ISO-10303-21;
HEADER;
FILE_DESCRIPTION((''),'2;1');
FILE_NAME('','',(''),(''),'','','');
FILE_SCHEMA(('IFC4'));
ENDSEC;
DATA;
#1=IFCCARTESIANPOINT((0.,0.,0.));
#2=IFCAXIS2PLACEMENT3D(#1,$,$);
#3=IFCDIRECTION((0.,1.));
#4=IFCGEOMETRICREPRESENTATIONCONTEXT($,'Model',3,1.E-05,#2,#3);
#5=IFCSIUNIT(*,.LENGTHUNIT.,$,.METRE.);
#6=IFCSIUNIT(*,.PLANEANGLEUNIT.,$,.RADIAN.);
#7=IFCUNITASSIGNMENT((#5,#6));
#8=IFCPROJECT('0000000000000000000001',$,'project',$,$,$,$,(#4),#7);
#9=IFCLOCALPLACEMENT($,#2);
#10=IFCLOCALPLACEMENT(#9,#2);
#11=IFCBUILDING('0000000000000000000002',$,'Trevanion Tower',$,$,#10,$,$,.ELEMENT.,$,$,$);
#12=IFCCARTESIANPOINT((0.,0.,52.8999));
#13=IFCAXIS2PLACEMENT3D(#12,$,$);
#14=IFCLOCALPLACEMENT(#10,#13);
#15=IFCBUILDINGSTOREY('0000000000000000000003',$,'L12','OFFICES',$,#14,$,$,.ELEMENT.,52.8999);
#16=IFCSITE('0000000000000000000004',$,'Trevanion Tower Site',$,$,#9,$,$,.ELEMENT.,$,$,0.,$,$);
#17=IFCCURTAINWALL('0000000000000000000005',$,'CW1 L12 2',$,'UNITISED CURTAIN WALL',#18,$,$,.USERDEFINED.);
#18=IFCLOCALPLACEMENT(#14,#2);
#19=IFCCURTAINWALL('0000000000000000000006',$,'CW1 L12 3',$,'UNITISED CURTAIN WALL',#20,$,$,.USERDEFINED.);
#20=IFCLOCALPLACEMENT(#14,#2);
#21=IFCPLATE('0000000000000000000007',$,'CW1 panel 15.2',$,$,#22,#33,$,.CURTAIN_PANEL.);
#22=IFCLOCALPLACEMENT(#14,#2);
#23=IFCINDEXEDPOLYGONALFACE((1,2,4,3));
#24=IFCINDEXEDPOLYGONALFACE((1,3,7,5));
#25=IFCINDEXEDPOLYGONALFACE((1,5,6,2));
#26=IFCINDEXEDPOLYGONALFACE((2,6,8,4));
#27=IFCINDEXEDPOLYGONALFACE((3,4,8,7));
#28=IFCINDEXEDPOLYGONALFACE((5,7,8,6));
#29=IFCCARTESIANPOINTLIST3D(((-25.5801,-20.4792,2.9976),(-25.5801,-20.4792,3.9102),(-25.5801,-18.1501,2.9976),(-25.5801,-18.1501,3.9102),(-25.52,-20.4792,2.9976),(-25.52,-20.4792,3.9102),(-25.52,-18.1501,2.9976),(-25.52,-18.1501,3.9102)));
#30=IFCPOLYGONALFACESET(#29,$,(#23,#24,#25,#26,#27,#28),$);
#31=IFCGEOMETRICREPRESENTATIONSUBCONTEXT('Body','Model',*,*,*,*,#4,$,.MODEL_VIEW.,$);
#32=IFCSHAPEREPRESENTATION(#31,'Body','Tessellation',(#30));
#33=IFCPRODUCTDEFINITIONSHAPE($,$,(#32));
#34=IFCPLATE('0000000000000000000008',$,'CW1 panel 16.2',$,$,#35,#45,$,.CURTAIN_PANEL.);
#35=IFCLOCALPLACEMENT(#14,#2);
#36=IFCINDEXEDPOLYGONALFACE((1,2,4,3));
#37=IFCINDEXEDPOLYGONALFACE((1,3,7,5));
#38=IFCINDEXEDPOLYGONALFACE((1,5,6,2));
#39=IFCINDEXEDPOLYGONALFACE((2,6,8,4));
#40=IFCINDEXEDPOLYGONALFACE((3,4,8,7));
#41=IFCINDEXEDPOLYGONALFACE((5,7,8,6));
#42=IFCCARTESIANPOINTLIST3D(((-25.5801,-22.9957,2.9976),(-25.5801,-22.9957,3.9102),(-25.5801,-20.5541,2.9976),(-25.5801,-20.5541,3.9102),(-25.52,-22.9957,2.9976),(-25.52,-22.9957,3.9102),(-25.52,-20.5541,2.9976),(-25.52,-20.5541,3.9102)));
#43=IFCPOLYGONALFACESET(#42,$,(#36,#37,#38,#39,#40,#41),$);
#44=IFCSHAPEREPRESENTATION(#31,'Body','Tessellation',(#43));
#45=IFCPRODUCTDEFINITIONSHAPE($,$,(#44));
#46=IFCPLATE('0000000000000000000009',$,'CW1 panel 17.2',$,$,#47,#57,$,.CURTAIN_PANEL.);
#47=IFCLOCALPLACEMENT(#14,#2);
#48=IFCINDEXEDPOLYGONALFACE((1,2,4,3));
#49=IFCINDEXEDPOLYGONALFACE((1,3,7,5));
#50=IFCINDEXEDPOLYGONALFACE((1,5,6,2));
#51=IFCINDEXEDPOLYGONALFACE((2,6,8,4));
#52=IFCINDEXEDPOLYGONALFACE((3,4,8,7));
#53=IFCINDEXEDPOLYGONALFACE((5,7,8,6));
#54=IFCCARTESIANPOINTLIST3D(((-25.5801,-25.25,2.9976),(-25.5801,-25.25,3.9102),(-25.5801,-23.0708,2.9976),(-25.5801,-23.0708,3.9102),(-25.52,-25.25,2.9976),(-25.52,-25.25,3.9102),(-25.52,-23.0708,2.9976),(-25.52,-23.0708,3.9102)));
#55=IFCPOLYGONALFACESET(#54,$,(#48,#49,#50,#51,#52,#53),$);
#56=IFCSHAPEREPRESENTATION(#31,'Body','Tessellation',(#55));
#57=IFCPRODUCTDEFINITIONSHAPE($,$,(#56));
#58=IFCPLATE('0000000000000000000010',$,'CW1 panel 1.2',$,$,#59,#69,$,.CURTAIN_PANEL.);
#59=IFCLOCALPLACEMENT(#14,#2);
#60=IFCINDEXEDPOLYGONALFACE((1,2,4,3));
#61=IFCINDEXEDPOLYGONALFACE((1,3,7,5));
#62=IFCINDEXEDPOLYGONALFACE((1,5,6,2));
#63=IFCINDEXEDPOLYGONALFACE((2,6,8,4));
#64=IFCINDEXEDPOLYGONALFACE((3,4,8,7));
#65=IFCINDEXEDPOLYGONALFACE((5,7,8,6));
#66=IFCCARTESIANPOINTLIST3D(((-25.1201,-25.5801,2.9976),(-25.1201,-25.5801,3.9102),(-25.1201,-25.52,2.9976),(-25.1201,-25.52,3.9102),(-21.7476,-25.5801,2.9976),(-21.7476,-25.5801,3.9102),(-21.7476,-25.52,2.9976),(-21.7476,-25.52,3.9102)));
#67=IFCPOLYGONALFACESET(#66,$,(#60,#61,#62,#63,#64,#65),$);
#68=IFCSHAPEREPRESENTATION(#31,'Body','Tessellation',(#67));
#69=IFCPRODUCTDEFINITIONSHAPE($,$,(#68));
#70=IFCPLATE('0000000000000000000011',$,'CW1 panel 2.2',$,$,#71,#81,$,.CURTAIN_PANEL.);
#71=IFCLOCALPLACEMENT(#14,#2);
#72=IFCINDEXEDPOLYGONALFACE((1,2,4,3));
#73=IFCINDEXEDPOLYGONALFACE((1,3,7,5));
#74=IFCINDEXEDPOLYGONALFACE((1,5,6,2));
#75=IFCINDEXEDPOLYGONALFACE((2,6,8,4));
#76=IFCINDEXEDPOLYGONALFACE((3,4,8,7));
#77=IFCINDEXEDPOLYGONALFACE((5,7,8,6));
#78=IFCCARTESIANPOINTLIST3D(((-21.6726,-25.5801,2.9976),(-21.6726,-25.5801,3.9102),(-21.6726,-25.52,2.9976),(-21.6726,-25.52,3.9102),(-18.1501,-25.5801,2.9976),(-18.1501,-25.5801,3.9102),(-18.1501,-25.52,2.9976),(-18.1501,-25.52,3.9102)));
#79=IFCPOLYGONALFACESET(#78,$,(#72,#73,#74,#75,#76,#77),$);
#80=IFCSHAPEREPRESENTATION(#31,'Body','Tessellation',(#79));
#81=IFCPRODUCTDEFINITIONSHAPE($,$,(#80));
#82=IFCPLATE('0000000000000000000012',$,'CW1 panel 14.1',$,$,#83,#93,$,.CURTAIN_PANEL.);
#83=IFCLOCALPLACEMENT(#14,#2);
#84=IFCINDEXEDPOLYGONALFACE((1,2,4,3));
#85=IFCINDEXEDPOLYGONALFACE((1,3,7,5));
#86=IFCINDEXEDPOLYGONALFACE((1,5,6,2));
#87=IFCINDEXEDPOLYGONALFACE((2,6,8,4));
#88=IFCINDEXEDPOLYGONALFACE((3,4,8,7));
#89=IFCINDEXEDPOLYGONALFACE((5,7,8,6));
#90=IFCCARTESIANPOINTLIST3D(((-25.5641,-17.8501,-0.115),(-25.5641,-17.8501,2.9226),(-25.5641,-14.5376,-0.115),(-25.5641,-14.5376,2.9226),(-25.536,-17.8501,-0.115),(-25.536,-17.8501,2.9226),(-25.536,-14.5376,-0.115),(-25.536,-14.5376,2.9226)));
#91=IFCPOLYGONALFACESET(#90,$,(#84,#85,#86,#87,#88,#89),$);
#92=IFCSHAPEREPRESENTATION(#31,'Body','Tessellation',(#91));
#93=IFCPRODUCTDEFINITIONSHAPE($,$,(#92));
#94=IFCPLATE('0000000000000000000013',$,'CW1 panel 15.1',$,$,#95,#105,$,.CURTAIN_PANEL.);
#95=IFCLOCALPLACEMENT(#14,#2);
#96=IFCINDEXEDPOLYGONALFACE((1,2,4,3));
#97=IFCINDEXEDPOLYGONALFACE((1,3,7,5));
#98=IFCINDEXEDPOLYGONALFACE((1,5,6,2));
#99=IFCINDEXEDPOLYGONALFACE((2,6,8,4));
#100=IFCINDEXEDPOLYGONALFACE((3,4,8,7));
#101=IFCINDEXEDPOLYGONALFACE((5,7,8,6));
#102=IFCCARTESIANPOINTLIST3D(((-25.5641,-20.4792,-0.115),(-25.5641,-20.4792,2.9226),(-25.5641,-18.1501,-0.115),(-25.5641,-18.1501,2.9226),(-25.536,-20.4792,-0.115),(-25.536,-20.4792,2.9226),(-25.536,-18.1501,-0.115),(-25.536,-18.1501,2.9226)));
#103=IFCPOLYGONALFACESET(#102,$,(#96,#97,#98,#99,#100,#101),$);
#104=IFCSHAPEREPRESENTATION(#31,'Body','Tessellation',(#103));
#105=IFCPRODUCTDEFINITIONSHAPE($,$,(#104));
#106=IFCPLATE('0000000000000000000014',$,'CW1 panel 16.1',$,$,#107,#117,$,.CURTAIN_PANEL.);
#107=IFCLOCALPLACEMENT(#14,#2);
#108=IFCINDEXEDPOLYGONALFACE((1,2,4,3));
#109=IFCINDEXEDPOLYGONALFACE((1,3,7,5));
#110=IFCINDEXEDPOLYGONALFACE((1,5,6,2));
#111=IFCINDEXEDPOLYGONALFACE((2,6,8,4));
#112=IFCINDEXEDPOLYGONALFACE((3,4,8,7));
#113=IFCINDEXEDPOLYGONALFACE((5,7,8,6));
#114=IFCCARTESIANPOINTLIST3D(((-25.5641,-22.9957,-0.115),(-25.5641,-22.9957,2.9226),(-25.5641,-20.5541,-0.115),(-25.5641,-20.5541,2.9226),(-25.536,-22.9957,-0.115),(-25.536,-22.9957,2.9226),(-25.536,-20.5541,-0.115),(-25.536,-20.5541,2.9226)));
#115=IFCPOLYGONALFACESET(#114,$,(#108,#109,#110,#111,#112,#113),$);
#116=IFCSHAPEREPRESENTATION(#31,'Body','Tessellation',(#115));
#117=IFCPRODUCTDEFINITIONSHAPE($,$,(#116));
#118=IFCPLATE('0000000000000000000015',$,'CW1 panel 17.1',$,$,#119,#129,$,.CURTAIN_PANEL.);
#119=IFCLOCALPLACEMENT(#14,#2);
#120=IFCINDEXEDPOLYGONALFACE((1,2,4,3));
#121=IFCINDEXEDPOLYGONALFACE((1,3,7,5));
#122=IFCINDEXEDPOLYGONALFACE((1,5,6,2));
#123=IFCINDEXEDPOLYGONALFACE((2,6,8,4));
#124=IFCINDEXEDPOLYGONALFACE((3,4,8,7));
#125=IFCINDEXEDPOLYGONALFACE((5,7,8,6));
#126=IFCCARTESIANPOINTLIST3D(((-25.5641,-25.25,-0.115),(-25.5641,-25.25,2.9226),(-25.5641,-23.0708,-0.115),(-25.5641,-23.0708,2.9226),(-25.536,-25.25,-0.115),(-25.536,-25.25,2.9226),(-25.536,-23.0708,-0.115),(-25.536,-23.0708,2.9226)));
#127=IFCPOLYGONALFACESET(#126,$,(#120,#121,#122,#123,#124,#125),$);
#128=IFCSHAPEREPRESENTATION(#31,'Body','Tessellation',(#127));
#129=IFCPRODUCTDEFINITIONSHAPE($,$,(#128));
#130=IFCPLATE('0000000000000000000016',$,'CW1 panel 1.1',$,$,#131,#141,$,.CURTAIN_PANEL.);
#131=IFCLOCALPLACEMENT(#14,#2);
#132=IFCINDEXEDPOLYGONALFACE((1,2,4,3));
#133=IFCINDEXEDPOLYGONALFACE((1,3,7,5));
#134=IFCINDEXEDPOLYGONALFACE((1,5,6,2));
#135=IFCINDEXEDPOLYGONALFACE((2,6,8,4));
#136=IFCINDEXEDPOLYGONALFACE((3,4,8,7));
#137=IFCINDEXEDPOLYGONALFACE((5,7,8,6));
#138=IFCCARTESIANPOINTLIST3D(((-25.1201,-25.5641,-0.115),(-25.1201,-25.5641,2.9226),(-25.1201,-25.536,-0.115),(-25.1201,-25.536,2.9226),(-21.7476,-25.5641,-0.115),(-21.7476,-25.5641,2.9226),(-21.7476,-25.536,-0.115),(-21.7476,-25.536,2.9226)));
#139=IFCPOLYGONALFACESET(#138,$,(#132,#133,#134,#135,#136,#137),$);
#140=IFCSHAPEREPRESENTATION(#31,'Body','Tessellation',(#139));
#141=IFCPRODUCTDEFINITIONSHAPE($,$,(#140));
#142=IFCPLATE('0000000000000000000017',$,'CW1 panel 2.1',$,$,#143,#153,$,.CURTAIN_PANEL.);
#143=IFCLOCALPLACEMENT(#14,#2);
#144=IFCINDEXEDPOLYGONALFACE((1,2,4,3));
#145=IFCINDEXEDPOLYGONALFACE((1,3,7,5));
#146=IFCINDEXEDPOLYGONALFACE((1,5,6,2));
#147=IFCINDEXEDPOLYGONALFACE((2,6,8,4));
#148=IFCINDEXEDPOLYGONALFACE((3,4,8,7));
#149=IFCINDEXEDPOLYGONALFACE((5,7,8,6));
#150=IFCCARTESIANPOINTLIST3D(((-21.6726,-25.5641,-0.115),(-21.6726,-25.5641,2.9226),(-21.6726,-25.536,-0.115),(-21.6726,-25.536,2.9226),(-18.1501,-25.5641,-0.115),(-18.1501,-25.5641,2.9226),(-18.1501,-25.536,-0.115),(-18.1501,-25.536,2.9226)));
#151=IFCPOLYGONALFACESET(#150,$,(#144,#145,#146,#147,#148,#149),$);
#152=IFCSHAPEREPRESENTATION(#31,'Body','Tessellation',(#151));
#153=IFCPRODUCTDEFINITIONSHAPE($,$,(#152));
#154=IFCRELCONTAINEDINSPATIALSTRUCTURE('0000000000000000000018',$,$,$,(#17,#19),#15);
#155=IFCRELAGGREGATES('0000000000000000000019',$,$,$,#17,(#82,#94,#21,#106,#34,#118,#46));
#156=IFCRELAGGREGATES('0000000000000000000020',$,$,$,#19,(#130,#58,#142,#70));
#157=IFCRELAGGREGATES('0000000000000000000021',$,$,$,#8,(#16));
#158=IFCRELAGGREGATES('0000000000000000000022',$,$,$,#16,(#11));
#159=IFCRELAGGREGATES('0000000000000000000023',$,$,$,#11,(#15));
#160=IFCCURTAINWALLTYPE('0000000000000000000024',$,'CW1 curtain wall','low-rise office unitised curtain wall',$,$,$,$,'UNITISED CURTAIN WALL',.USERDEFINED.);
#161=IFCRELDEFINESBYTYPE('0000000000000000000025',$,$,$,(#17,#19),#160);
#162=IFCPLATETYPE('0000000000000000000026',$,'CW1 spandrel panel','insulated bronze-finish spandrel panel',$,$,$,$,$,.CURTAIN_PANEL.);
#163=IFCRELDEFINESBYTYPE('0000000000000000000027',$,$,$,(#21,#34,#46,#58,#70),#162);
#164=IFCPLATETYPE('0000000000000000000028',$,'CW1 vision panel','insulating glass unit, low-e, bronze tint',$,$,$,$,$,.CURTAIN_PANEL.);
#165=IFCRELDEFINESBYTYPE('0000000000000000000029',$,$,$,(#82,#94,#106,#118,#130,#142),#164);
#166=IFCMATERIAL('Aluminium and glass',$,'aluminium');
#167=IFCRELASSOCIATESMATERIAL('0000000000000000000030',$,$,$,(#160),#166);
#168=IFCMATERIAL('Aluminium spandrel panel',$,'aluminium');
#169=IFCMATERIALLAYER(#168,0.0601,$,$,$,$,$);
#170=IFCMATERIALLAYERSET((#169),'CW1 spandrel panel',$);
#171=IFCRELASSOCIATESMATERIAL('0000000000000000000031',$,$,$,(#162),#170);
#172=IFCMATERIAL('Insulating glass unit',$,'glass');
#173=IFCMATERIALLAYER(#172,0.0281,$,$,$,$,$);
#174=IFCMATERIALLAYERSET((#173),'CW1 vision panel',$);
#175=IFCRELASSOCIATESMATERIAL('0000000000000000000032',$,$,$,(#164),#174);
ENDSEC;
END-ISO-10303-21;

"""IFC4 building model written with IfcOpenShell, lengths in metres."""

from ifc_helpers import new_model, si_unit, direction, frame, origin, origin_2d, place, context, subcontext, project, spatial, rectangle, extrude, material, layer, layer_set, type_object, element, aggregate, save


model = new_model("IFC4")

# Units and contexts
model_context = context("Model", 3, precision=1e-05, world=origin(), true_north=direction((0.0, 1.0)))
body_context = subcontext(model_context, "Body", "Model", "MODEL_VIEW")
ifc_project = project(units=[si_unit("LENGTHUNIT", "METRE"), si_unit("PLANEANGLEUNIT", "RADIAN")], contexts=[model_context])

# Site, building, storey
site_placement = place(None, origin())
site = spatial("IfcSite", under=ifc_project, at=site_placement, Name="Trevanion Tower Site", CompositionType="ELEMENT", RefElevation=0.0)
building_placement = place(site_placement, origin())
building = spatial("IfcBuilding", under=site, at=building_placement, Name="Trevanion Tower", CompositionType="ELEMENT")
storey_placement = place(building_placement, frame((0.0, 0.0, 52.8999)))
storey = spatial("IfcBuildingStorey", under=building, at=storey_placement, Name="L12", Description="OFFICES", CompositionType="ELEMENT", Elevation=52.8999)

# Curtain wall
ifc_material_1 = material(Name="Aluminium and glass", Category="aluminium")
curtain_wall_type = type_object("IfcCurtainWallType", Name="CW1 curtain wall", Description="low-rise office unitised curtain wall", ElementType="UNITISED CURTAIN WALL", PredefinedType="USERDEFINED", material=ifc_material_1)
curtain_wall_1_placement = place(storey_placement, origin())
curtain_wall_1 = element("IfcCurtainWall", 1, at=curtain_wall_1_placement, inside=storey, type_object=curtain_wall_type, Name="CW1 L12 2", ObjectType="UNITISED CURTAIN WALL", PredefinedType="USERDEFINED")

# Curtain wall
curtain_wall_2_placement = place(storey_placement, origin())
curtain_wall_2 = element("IfcCurtainWall", 2, at=curtain_wall_2_placement, inside=storey, type_object=curtain_wall_type, Name="CW1 L12 3", ObjectType="UNITISED CURTAIN WALL", PredefinedType="USERDEFINED")

# Plates
ifc_material_2 = material(Name="Aluminium spandrel panel", Category="aluminium")
ifc_layer_1 = layer(ifc_material_2, 0.0601)
ifc_layer_set_1 = layer_set([ifc_layer_1], Name="CW1 spandrel panel")
plate_type_1 = type_object("IfcPlateType", Name="CW1 spandrel panel", Description="insulated bronze-finish spandrel panel", PredefinedType="CURTAIN_PANEL", material=ifc_layer_set_1)
plate_1_placement = place(storey_placement, frame((-25.55, -19.3147, 2.9976), z_axis=(0.0, 0.0, 1.0), x_axis=(0.0, -1.0, 0.0)))
plate_1 = element("IfcPlate", 3, at=plate_1_placement, type_object=plate_type_1, Name="CW1 panel 15.2", PredefinedType="CURTAIN_PANEL", context=body_context, shape_type="SweptSolid", body=[
    extrude(rectangle(XDim=2.3291, YDim=0.0601, at=origin_2d()), origin(), (0.0, 0.0, 1.0), 0.9126),
])
plate_2_placement = place(storey_placement, frame((-25.55, -21.7749, 2.9976), z_axis=(0.0, 0.0, 1.0), x_axis=(0.0, -1.0, 0.0)))
plate_2 = element("IfcPlate", 4, at=plate_2_placement, type_object=plate_type_1, Name="CW1 panel 16.2", PredefinedType="CURTAIN_PANEL", context=body_context, shape_type="SweptSolid", body=[
    extrude(rectangle(XDim=2.4417, YDim=0.0601, at=origin_2d()), origin(), (0.0, 0.0, 1.0), 0.9126),
])
plate_3_placement = place(storey_placement, frame((-25.55, -24.1604, 2.9976), z_axis=(0.0, 0.0, 1.0), x_axis=(0.0, -1.0, 0.0)))
plate_3 = element("IfcPlate", 5, at=plate_3_placement, type_object=plate_type_1, Name="CW1 panel 17.2", PredefinedType="CURTAIN_PANEL", context=body_context, shape_type="SweptSolid", body=[
    extrude(rectangle(XDim=2.1792, YDim=0.0601, at=origin_2d()), origin(), (0.0, 0.0, 1.0), 0.9126),
])
plate_4_placement = place(storey_placement, frame((-23.4338, -25.55, 2.9976), z_axis=(0.0, 0.0, 1.0), x_axis=(1.0, 0.0, 0.0)))
plate_4 = element("IfcPlate", 6, at=plate_4_placement, type_object=plate_type_1, Name="CW1 panel 1.2", PredefinedType="CURTAIN_PANEL", context=body_context, shape_type="SweptSolid", body=[
    extrude(rectangle(XDim=3.3726, YDim=0.0601, at=origin_2d()), origin(), (0.0, 0.0, 1.0), 0.9126),
])
plate_5_placement = place(storey_placement, frame((-19.9114, -25.55, 2.9976), z_axis=(0.0, 0.0, 1.0), x_axis=(1.0, 0.0, 0.0)))
plate_5 = element("IfcPlate", 7, at=plate_5_placement, type_object=plate_type_1, Name="CW1 panel 2.2", PredefinedType="CURTAIN_PANEL", context=body_context, shape_type="SweptSolid", body=[
    extrude(rectangle(XDim=3.5225, YDim=0.0601, at=origin_2d()), origin(), (0.0, 0.0, 1.0), 0.9126),
])
ifc_material_3 = material(Name="Insulating glass unit", Category="glass")
ifc_layer_2 = layer(ifc_material_3, 0.0281)
ifc_layer_set_2 = layer_set([ifc_layer_2], Name="CW1 vision panel")
plate_type_2 = type_object("IfcPlateType", Name="CW1 vision panel", Description="insulating glass unit, low-e, bronze tint", PredefinedType="CURTAIN_PANEL", material=ifc_layer_set_2)
plate_6_placement = place(storey_placement, frame((-25.55, -16.1938, -0.115), z_axis=(0.0, 0.0, 1.0), x_axis=(0.0, -1.0, 0.0)))
plate_6 = element("IfcPlate", 8, at=plate_6_placement, type_object=plate_type_2, Name="CW1 panel 14.1", PredefinedType="CURTAIN_PANEL", context=body_context, shape_type="SweptSolid", body=[
    extrude(rectangle(XDim=3.3125, YDim=0.0281, at=origin_2d()), origin(), (0.0, 0.0, 1.0), 3.0376),
])
plate_7_placement = place(storey_placement, frame((-25.55, -19.3147, -0.115), z_axis=(0.0, 0.0, 1.0), x_axis=(0.0, -1.0, 0.0)))
plate_7 = element("IfcPlate", 9, at=plate_7_placement, type_object=plate_type_2, Name="CW1 panel 15.1", PredefinedType="CURTAIN_PANEL", context=body_context, shape_type="SweptSolid", body=[
    extrude(rectangle(XDim=2.3291, YDim=0.0281, at=origin_2d()), origin(), (0.0, 0.0, 1.0), 3.0376),
])
plate_8_placement = place(storey_placement, frame((-25.55, -21.7749, -0.115), z_axis=(0.0, 0.0, 1.0), x_axis=(0.0, -1.0, 0.0)))
plate_8 = element("IfcPlate", 10, at=plate_8_placement, type_object=plate_type_2, Name="CW1 panel 16.1", PredefinedType="CURTAIN_PANEL", context=body_context, shape_type="SweptSolid", body=[
    extrude(rectangle(XDim=2.4417, YDim=0.0281, at=origin_2d()), origin(), (0.0, 0.0, 1.0), 3.0376),
])
plate_9_placement = place(storey_placement, frame((-25.55, -24.1604, -0.115), z_axis=(0.0, 0.0, 1.0), x_axis=(0.0, -1.0, 0.0)))
plate_9 = element("IfcPlate", 11, at=plate_9_placement, type_object=plate_type_2, Name="CW1 panel 17.1", PredefinedType="CURTAIN_PANEL", context=body_context, shape_type="SweptSolid", body=[
    extrude(rectangle(XDim=2.1792, YDim=0.0281, at=origin_2d()), origin(), (0.0, 0.0, 1.0), 3.0376),
])
aggregate(curtain_wall_1, [plate_6, plate_7, plate_1, plate_8, plate_2, plate_9, plate_3])
plate_10_placement = place(storey_placement, frame((-23.4338, -25.55, -0.115), z_axis=(0.0, 0.0, 1.0), x_axis=(1.0, 0.0, 0.0)))
plate_10 = element("IfcPlate", 12, at=plate_10_placement, type_object=plate_type_2, Name="CW1 panel 1.1", PredefinedType="CURTAIN_PANEL", context=body_context, shape_type="SweptSolid", body=[
    extrude(rectangle(XDim=3.3726, YDim=0.0281, at=origin_2d()), origin(), (0.0, 0.0, 1.0), 3.0376),
])
plate_11_placement = place(storey_placement, frame((-19.9114, -25.55, -0.115), z_axis=(0.0, 0.0, 1.0), x_axis=(1.0, 0.0, 0.0)))
plate_11 = element("IfcPlate", 13, at=plate_11_placement, type_object=plate_type_2, Name="CW1 panel 2.1", PredefinedType="CURTAIN_PANEL", context=body_context, shape_type="SweptSolid", body=[
    extrude(rectangle(XDim=3.5225, YDim=0.0281, at=origin_2d()), origin(), (0.0, 0.0, 1.0), 3.0376),
])
aggregate(curtain_wall_2, [plate_10, plate_4, plate_11, plate_5])

save(model, "model.ifc")
